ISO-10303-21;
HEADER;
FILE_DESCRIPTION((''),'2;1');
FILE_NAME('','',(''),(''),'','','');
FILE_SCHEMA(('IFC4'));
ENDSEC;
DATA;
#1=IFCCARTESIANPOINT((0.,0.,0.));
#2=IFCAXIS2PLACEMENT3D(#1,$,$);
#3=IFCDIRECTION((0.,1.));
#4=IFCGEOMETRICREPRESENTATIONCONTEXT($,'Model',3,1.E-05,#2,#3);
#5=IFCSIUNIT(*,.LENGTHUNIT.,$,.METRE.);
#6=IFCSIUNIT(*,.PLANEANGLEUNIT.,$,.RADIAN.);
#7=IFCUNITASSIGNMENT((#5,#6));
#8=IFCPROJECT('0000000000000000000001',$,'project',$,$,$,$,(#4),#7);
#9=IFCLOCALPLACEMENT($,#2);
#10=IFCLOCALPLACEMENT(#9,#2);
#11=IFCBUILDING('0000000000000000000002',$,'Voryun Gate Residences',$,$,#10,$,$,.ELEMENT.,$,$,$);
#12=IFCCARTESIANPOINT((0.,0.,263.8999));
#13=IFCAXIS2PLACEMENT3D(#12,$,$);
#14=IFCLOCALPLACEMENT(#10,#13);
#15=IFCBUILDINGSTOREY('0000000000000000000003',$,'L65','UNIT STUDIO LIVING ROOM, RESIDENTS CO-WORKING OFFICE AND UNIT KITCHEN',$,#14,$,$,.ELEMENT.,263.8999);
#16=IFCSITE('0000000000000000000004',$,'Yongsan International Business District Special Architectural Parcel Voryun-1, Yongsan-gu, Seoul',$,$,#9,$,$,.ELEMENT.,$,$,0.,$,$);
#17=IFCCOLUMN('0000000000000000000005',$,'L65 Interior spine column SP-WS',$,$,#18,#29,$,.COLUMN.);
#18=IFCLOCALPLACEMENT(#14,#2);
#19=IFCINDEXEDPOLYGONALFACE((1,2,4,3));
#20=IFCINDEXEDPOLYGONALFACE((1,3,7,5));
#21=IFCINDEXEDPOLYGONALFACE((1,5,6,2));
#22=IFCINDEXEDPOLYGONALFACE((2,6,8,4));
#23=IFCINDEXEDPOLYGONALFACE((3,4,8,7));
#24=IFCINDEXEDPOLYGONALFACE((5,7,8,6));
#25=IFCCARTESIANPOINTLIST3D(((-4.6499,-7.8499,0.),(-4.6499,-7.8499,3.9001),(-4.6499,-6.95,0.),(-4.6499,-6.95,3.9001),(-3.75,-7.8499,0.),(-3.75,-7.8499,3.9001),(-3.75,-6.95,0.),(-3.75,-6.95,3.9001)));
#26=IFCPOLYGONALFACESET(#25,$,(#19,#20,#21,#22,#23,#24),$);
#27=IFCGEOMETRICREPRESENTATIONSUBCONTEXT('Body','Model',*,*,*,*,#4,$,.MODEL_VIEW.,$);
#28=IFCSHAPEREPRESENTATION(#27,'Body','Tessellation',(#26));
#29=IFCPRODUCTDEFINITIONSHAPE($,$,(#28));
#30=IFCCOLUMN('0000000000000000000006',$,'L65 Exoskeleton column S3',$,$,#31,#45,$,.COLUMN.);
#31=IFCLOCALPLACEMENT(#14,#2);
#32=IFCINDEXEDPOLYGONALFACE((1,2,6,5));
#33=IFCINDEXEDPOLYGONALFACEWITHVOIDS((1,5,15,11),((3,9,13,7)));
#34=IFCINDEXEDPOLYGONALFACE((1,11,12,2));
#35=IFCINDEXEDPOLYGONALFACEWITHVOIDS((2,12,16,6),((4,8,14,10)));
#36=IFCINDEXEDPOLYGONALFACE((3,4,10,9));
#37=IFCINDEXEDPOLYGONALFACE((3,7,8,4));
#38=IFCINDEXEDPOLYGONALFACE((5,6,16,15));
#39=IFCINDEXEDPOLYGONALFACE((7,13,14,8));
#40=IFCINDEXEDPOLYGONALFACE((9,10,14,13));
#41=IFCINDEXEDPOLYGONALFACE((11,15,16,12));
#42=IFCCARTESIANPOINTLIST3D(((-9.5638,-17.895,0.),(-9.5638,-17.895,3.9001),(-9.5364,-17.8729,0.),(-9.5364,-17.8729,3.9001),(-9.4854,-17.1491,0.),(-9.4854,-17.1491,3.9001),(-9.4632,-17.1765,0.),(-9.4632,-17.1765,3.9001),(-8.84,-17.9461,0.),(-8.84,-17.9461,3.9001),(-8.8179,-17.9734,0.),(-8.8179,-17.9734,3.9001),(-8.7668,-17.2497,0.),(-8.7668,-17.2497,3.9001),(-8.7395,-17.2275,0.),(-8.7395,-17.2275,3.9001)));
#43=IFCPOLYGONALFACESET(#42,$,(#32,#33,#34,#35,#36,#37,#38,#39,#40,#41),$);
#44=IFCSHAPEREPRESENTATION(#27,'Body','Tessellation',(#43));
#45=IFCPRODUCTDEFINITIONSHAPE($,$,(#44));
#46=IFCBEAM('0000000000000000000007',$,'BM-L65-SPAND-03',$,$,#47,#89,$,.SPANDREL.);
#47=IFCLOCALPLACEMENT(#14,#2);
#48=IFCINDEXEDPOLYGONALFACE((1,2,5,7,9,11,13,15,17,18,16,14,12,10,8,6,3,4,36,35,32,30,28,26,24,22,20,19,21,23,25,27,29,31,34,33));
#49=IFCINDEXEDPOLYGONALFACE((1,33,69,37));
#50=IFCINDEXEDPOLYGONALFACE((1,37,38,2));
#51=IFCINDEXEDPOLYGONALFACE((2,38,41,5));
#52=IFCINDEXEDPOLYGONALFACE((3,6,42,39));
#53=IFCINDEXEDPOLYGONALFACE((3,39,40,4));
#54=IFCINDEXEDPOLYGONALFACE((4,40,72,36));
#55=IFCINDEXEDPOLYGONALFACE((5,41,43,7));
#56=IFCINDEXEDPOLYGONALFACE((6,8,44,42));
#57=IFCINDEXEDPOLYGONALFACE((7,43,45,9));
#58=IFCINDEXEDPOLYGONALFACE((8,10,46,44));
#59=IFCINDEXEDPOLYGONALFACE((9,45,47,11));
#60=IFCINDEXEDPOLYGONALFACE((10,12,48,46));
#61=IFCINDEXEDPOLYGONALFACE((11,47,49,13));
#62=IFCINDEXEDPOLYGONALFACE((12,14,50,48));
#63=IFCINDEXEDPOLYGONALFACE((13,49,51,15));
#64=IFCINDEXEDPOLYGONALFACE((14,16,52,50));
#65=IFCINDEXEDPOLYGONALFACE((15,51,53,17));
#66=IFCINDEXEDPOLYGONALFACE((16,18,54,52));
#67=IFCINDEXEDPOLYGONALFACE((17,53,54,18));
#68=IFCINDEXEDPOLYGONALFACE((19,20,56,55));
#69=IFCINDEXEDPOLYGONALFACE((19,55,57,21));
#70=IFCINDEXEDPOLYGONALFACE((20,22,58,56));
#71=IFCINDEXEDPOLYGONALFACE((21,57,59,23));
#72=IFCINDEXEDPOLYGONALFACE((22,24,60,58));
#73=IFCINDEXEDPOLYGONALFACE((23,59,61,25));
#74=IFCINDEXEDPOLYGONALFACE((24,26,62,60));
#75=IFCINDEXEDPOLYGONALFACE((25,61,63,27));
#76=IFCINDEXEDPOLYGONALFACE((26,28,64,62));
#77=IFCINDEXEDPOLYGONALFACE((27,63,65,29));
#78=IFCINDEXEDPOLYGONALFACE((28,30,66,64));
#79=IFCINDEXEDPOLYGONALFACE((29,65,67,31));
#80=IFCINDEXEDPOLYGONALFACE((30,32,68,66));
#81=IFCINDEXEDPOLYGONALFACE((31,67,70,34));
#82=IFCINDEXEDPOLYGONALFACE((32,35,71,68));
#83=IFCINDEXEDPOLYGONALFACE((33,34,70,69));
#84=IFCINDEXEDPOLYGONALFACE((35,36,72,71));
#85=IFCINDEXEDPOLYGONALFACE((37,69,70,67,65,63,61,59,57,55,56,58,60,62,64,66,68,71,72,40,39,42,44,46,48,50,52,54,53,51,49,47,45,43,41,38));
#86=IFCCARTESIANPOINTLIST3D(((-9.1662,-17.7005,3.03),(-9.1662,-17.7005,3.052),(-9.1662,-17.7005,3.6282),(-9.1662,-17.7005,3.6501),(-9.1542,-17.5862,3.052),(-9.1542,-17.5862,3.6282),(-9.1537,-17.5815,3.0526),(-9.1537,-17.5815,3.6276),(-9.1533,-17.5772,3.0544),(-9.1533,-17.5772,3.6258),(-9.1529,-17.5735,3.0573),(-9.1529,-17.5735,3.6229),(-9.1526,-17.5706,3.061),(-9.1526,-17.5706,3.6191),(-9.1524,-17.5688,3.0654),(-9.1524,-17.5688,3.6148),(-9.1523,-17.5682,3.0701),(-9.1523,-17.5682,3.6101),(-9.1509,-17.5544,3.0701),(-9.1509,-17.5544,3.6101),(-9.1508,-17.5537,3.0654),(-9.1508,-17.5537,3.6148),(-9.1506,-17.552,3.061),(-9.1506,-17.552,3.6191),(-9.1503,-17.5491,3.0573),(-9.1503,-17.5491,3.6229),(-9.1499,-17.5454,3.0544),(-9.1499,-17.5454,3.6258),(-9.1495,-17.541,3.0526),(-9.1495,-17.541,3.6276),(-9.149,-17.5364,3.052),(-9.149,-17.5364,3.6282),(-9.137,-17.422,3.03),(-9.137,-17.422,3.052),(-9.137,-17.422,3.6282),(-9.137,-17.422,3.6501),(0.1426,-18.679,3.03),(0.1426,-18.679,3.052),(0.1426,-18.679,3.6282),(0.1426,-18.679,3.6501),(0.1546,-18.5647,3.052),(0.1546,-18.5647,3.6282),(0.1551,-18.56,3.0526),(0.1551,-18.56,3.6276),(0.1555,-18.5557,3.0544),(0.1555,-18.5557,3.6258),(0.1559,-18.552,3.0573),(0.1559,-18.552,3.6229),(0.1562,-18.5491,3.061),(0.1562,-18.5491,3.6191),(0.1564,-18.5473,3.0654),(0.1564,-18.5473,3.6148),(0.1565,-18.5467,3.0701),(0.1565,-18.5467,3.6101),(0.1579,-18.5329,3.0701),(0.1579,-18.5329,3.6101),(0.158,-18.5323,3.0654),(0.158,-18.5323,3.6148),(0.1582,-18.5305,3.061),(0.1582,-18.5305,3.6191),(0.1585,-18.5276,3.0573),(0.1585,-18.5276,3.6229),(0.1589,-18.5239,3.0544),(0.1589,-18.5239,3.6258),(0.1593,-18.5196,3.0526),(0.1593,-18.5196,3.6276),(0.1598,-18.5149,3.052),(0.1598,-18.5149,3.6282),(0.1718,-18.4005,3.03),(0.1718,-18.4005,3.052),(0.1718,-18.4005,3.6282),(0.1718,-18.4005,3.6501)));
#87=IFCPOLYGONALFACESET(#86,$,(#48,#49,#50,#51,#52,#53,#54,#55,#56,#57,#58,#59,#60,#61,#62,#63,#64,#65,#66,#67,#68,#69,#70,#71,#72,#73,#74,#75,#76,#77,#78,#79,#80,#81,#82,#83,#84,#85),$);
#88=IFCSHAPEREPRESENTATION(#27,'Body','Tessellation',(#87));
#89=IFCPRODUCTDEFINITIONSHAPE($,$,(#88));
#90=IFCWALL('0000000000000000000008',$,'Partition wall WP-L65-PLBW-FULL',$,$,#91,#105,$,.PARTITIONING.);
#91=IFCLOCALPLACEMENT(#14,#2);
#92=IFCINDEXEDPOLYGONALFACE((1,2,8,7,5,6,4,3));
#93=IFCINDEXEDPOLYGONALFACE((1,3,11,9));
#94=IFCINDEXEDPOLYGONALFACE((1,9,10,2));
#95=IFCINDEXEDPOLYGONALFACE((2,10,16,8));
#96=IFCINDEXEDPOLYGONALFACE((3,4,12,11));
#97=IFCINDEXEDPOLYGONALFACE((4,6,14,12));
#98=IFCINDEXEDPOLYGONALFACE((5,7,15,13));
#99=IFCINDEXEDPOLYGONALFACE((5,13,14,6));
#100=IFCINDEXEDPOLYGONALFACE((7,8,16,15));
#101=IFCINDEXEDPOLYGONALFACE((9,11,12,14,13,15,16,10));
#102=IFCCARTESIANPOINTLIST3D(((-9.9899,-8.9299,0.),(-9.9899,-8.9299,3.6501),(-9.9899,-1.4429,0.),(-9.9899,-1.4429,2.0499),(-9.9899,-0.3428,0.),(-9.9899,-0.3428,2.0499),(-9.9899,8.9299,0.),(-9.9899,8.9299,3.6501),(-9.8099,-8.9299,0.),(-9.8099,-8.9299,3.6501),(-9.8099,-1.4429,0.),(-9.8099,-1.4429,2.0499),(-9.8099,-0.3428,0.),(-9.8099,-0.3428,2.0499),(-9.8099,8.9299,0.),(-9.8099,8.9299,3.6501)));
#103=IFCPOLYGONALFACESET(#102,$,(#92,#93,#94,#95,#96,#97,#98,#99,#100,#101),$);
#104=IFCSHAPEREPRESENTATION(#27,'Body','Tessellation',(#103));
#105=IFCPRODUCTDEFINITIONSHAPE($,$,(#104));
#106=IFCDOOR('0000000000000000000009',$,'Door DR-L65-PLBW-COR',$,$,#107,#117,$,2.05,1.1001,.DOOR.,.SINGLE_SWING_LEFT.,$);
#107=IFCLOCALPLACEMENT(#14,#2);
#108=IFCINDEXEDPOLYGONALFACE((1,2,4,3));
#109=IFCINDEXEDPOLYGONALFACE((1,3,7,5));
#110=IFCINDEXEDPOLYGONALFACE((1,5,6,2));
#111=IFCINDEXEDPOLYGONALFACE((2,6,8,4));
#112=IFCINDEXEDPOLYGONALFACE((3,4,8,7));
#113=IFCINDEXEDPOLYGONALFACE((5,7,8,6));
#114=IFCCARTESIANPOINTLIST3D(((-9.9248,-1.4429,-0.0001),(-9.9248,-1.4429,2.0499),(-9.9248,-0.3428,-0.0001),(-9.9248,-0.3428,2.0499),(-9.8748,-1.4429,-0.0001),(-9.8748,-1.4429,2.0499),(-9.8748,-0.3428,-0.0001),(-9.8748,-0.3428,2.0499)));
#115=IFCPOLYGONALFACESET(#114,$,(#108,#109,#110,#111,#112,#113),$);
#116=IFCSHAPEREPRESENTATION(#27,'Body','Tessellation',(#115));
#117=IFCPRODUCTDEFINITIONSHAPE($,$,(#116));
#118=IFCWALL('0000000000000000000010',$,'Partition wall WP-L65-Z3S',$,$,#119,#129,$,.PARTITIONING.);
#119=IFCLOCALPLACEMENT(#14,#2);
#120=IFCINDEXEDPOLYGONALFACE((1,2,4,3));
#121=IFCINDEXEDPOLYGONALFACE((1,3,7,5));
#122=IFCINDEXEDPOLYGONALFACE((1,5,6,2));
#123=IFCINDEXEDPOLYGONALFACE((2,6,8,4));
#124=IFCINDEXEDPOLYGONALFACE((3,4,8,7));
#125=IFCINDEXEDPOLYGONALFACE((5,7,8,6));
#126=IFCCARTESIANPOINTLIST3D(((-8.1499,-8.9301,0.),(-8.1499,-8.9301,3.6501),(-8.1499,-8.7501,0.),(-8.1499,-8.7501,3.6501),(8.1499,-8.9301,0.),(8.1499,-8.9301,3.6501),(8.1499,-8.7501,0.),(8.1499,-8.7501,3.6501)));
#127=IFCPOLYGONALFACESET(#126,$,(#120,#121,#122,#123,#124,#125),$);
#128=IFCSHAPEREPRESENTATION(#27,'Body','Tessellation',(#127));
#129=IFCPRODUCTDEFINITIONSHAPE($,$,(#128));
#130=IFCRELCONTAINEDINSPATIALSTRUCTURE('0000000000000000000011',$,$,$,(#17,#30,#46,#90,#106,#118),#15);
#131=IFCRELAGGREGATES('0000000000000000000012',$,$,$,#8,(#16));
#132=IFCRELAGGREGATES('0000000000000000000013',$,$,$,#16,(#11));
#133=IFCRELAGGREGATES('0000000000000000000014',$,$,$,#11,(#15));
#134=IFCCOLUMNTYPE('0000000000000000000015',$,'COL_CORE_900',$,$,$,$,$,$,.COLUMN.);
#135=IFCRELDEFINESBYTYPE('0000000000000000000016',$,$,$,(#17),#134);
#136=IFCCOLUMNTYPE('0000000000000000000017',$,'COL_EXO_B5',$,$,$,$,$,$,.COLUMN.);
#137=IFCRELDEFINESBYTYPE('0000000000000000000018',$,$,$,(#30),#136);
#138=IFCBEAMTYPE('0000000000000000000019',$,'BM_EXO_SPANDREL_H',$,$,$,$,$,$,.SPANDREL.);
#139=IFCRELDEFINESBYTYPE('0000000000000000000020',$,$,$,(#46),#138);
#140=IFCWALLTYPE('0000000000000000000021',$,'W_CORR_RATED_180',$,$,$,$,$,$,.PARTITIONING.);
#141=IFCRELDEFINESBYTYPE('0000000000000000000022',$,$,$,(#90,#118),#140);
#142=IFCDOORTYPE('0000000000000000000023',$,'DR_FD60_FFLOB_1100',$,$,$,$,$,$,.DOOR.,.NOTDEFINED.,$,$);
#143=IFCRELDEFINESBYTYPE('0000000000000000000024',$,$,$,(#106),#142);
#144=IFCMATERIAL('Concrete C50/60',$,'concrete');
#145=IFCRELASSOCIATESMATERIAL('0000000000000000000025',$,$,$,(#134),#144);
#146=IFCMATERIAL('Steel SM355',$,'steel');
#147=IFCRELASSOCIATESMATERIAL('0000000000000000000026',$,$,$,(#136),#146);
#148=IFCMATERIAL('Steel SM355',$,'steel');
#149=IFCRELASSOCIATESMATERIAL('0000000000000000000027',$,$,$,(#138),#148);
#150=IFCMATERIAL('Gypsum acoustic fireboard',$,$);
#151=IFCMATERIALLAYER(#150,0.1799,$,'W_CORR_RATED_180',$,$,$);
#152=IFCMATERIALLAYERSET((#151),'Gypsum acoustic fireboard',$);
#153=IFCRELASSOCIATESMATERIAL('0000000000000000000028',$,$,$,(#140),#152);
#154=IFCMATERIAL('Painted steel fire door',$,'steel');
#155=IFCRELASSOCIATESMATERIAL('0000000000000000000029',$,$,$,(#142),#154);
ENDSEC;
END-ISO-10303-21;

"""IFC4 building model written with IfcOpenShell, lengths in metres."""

from ifc_helpers import new_model, si_unit, direction, frame, frame_2d, origin, origin_2d, place, context, subcontext, project, spatial, rectangle, hollow_rectangle, i_section, extrude, material, layer, layer_set, material_profile, profile_set, type_object, element, fill, save


model = new_model("IFC4")

# Units and contexts
model_context = context("Model", 3, precision=1e-05, world=origin(), true_north=direction((0.0, 1.0)))
body_context = subcontext(model_context, "Body", "Model", "MODEL_VIEW")
ifc_project = project(units=[si_unit("LENGTHUNIT", "METRE"), si_unit("PLANEANGLEUNIT", "RADIAN")], contexts=[model_context])

# Site, building, storey
site_placement = place(None, origin())
site = spatial("IfcSite", under=ifc_project, at=site_placement, Name="Yongsan International Business District Special Architectural Parcel Voryun-1, Yongsan-gu, Seoul", CompositionType="ELEMENT", RefElevation=0.0)
building_placement = place(site_placement, origin())
building = spatial("IfcBuilding", under=site, at=building_placement, Name="Voryun Gate Residences", CompositionType="ELEMENT")
storey_placement = place(building_placement, frame((0.0, 0.0, 263.8999)))
storey = spatial("IfcBuildingStorey", under=building, at=storey_placement, Name="L65", Description="UNIT STUDIO LIVING ROOM, RESIDENTS CO-WORKING OFFICE AND UNIT KITCHEN", CompositionType="ELEMENT", Elevation=263.8999)

# Columns
ifc_material_1 = material(Name="Concrete C50/60", Category="concrete")
ifc_material_profile_1 = material_profile(ifc_material_1, rectangle(XDim=0.8999, YDim=0.8999, at=origin_2d()), Name="RC-900x900")
ifc_profile_set_1 = profile_set([ifc_material_profile_1], Name="Concrete C50/60")
column_type_1 = type_object("IfcColumnType", Name="COL_CORE_900", PredefinedType="COLUMN", material=ifc_profile_set_1)
column_1_placement = place(storey_placement, frame((-4.2, -7.3999, 0.0), z_axis=(0.0, 0.0, 1.0), x_axis=(1.0, 0.0, 0.0)))
element("IfcColumn", 1, at=column_1_placement, inside=storey, type_object=column_type_1, Name="L65 Interior spine column SP-WS", PredefinedType="COLUMN", context=body_context, shape_type="SweptSolid", body=[
    extrude(rectangle(XDim=0.8999, YDim=0.8999, at=origin_2d()), origin(), (0.0, 0.0, 1.0), 3.9001),
])
ifc_material_2 = material(Name="Steel SM355", Category="steel")
ifc_material_profile_2 = material_profile(ifc_material_2, hollow_rectangle(XDim=0.75, YDim=0.75, WallThickness=0.0249, at=origin_2d()), Name="BOX-750x750x25")
ifc_profile_set_2 = profile_set([ifc_material_profile_2], Name="Steel SM355")
column_type_2 = type_object("IfcColumnType", Name="COL_EXO_B5", PredefinedType="COLUMN", material=ifc_profile_set_2)
column_2_placement = place(storey_placement, frame((-9.1516, -17.5613, 0.0), z_axis=(0.0, 0.0, 1.0), x_axis=(0.994522, -0.104528, 0.0)))
element("IfcColumn", 2, at=column_2_placement, inside=storey, type_object=column_type_2, Name="L65 Exoskeleton column S3", PredefinedType="COLUMN", context=body_context, shape_type="SweptSolid", body=[
    extrude(hollow_rectangle(XDim=0.75, YDim=0.75, WallThickness=0.0249, at=origin_2d()), origin(), (0.0, 0.0, 1.0), 3.9001),
])

# Beam
ifc_material_3 = material(Name="Steel SM355", Category="steel")
ifc_material_profile_3 = material_profile(ifc_material_3, i_section(OverallWidth=0.28, OverallDepth=0.6201, WebThickness=0.0139, FlangeThickness=0.022, FilletRadius=0.0181, at=origin_2d()), Name="H-620x280x14x22")
ifc_profile_set_3 = profile_set([ifc_material_profile_3], Name="Steel SM355")
beam_type = type_object("IfcBeamType", Name="BM_EXO_SPANDREL_H", PredefinedType="SPANDREL", material=ifc_profile_set_3)
beam_placement = place(storey_placement, frame((-9.1516, -17.5613, 3.3401), z_axis=(0.994521, -0.104541, 0.0), x_axis=(0.104541, 0.994521, 0.0)))
element("IfcBeam", 3, at=beam_placement, inside=storey, type_object=beam_type, Name="BM-L65-SPAND-03", PredefinedType="SPANDREL", context=body_context, shape_type="SweptSolid", body=[
    extrude(i_section(OverallWidth=0.28, OverallDepth=0.6201, WebThickness=0.0139, FlangeThickness=0.022, FilletRadius=0.0181, at=origin_2d()), origin(), (0.0, 0.0, 1.0), 9.3601),
])

# Wall, opening, door
ifc_material_4 = material(Name="Gypsum acoustic fireboard")
ifc_layer_1 = layer(ifc_material_4, 0.1799, Name="W_CORR_RATED_180")
ifc_layer_set_1 = layer_set([ifc_layer_1], Name="Gypsum acoustic fireboard")
wall_type_1 = type_object("IfcWallType", Name="W_CORR_RATED_180", PredefinedType="PARTITIONING", material=ifc_layer_set_1)
wall_1_placement = place(storey_placement, frame((-9.8999, -8.9299, 0.0), z_axis=(0.0, 0.0, 1.0), x_axis=(0.0, 1.0, 0.0)))
wall_1 = element("IfcWall", 4, at=wall_1_placement, inside=storey, type_object=wall_type_1, Name="Partition wall WP-L65-PLBW-FULL", PredefinedType="PARTITIONING", context=body_context, shape_type="SweptSolid", body=[
    extrude(rectangle(XDim=17.8599, YDim=0.1799, at=frame_2d((8.9299, 0.0))), origin(), (0.0, 0.0, 1.0), 3.6501),
])
opening_1_placement = place(wall_1_placement, frame((7.4871, 0.0, 0.0)))
opening_1 = element("IfcOpeningElement", 5, at=opening_1_placement, cuts=wall_1, PredefinedType="OPENING", context=body_context, shape_type="SweptSolid", body=[
    extrude(rectangle(XDim=1.1001, YDim=2.05, at=frame_2d((0.55, 1.0249))), frame((0.0, 0.0999, 0.0), z_axis=(0.0, -1.0, 0.0), x_axis=(1.0, 0.0, 0.0)), (0.0, 0.0, 1.0), 0.2),
])
ifc_material_5 = material(Name="Painted steel fire door", Category="steel")
door_type_1 = type_object("IfcDoorType", Name="DR_FD60_FFLOB_1100", OperationType="NOTDEFINED", PredefinedType="DOOR", material=ifc_material_5)
door_1_placement = place(opening_1_placement, origin())
door_1 = element("IfcDoor", 6, at=door_1_placement, inside=storey, type_object=door_type_1, Name="Door DR-L65-PLBW-COR", OperationType="SINGLE_SWING_LEFT", OverallHeight=2.05, OverallWidth=1.1001, PredefinedType="DOOR", context=body_context, shape_type="SweptSolid", body=[
    extrude(rectangle(XDim=1.1001, YDim=2.05, at=frame_2d((0.55, 1.0249))), frame((0.0, 0.0249, 0.0), z_axis=(0.0, -1.0, 0.0), x_axis=(1.0, 0.0, 0.0)), (0.0, 0.0, 1.0), 0.05),
])
fill(opening_1, door_1)

# Wall
wall_2_placement = place(storey_placement, frame((-8.1499, -8.8401, 0.0), z_axis=(0.0, 0.0, 1.0), x_axis=(1.0, 0.0, 0.0)))
element("IfcWall", 7, at=wall_2_placement, inside=storey, type_object=wall_type_1, Name="Partition wall WP-L65-Z3S", PredefinedType="PARTITIONING", context=body_context, shape_type="SweptSolid", body=[
    extrude(rectangle(XDim=16.2998, YDim=0.1799, at=frame_2d((8.1499, 0.0))), origin(), (0.0, 0.0, 1.0), 3.6501),
])

save(model, "model.ifc")
